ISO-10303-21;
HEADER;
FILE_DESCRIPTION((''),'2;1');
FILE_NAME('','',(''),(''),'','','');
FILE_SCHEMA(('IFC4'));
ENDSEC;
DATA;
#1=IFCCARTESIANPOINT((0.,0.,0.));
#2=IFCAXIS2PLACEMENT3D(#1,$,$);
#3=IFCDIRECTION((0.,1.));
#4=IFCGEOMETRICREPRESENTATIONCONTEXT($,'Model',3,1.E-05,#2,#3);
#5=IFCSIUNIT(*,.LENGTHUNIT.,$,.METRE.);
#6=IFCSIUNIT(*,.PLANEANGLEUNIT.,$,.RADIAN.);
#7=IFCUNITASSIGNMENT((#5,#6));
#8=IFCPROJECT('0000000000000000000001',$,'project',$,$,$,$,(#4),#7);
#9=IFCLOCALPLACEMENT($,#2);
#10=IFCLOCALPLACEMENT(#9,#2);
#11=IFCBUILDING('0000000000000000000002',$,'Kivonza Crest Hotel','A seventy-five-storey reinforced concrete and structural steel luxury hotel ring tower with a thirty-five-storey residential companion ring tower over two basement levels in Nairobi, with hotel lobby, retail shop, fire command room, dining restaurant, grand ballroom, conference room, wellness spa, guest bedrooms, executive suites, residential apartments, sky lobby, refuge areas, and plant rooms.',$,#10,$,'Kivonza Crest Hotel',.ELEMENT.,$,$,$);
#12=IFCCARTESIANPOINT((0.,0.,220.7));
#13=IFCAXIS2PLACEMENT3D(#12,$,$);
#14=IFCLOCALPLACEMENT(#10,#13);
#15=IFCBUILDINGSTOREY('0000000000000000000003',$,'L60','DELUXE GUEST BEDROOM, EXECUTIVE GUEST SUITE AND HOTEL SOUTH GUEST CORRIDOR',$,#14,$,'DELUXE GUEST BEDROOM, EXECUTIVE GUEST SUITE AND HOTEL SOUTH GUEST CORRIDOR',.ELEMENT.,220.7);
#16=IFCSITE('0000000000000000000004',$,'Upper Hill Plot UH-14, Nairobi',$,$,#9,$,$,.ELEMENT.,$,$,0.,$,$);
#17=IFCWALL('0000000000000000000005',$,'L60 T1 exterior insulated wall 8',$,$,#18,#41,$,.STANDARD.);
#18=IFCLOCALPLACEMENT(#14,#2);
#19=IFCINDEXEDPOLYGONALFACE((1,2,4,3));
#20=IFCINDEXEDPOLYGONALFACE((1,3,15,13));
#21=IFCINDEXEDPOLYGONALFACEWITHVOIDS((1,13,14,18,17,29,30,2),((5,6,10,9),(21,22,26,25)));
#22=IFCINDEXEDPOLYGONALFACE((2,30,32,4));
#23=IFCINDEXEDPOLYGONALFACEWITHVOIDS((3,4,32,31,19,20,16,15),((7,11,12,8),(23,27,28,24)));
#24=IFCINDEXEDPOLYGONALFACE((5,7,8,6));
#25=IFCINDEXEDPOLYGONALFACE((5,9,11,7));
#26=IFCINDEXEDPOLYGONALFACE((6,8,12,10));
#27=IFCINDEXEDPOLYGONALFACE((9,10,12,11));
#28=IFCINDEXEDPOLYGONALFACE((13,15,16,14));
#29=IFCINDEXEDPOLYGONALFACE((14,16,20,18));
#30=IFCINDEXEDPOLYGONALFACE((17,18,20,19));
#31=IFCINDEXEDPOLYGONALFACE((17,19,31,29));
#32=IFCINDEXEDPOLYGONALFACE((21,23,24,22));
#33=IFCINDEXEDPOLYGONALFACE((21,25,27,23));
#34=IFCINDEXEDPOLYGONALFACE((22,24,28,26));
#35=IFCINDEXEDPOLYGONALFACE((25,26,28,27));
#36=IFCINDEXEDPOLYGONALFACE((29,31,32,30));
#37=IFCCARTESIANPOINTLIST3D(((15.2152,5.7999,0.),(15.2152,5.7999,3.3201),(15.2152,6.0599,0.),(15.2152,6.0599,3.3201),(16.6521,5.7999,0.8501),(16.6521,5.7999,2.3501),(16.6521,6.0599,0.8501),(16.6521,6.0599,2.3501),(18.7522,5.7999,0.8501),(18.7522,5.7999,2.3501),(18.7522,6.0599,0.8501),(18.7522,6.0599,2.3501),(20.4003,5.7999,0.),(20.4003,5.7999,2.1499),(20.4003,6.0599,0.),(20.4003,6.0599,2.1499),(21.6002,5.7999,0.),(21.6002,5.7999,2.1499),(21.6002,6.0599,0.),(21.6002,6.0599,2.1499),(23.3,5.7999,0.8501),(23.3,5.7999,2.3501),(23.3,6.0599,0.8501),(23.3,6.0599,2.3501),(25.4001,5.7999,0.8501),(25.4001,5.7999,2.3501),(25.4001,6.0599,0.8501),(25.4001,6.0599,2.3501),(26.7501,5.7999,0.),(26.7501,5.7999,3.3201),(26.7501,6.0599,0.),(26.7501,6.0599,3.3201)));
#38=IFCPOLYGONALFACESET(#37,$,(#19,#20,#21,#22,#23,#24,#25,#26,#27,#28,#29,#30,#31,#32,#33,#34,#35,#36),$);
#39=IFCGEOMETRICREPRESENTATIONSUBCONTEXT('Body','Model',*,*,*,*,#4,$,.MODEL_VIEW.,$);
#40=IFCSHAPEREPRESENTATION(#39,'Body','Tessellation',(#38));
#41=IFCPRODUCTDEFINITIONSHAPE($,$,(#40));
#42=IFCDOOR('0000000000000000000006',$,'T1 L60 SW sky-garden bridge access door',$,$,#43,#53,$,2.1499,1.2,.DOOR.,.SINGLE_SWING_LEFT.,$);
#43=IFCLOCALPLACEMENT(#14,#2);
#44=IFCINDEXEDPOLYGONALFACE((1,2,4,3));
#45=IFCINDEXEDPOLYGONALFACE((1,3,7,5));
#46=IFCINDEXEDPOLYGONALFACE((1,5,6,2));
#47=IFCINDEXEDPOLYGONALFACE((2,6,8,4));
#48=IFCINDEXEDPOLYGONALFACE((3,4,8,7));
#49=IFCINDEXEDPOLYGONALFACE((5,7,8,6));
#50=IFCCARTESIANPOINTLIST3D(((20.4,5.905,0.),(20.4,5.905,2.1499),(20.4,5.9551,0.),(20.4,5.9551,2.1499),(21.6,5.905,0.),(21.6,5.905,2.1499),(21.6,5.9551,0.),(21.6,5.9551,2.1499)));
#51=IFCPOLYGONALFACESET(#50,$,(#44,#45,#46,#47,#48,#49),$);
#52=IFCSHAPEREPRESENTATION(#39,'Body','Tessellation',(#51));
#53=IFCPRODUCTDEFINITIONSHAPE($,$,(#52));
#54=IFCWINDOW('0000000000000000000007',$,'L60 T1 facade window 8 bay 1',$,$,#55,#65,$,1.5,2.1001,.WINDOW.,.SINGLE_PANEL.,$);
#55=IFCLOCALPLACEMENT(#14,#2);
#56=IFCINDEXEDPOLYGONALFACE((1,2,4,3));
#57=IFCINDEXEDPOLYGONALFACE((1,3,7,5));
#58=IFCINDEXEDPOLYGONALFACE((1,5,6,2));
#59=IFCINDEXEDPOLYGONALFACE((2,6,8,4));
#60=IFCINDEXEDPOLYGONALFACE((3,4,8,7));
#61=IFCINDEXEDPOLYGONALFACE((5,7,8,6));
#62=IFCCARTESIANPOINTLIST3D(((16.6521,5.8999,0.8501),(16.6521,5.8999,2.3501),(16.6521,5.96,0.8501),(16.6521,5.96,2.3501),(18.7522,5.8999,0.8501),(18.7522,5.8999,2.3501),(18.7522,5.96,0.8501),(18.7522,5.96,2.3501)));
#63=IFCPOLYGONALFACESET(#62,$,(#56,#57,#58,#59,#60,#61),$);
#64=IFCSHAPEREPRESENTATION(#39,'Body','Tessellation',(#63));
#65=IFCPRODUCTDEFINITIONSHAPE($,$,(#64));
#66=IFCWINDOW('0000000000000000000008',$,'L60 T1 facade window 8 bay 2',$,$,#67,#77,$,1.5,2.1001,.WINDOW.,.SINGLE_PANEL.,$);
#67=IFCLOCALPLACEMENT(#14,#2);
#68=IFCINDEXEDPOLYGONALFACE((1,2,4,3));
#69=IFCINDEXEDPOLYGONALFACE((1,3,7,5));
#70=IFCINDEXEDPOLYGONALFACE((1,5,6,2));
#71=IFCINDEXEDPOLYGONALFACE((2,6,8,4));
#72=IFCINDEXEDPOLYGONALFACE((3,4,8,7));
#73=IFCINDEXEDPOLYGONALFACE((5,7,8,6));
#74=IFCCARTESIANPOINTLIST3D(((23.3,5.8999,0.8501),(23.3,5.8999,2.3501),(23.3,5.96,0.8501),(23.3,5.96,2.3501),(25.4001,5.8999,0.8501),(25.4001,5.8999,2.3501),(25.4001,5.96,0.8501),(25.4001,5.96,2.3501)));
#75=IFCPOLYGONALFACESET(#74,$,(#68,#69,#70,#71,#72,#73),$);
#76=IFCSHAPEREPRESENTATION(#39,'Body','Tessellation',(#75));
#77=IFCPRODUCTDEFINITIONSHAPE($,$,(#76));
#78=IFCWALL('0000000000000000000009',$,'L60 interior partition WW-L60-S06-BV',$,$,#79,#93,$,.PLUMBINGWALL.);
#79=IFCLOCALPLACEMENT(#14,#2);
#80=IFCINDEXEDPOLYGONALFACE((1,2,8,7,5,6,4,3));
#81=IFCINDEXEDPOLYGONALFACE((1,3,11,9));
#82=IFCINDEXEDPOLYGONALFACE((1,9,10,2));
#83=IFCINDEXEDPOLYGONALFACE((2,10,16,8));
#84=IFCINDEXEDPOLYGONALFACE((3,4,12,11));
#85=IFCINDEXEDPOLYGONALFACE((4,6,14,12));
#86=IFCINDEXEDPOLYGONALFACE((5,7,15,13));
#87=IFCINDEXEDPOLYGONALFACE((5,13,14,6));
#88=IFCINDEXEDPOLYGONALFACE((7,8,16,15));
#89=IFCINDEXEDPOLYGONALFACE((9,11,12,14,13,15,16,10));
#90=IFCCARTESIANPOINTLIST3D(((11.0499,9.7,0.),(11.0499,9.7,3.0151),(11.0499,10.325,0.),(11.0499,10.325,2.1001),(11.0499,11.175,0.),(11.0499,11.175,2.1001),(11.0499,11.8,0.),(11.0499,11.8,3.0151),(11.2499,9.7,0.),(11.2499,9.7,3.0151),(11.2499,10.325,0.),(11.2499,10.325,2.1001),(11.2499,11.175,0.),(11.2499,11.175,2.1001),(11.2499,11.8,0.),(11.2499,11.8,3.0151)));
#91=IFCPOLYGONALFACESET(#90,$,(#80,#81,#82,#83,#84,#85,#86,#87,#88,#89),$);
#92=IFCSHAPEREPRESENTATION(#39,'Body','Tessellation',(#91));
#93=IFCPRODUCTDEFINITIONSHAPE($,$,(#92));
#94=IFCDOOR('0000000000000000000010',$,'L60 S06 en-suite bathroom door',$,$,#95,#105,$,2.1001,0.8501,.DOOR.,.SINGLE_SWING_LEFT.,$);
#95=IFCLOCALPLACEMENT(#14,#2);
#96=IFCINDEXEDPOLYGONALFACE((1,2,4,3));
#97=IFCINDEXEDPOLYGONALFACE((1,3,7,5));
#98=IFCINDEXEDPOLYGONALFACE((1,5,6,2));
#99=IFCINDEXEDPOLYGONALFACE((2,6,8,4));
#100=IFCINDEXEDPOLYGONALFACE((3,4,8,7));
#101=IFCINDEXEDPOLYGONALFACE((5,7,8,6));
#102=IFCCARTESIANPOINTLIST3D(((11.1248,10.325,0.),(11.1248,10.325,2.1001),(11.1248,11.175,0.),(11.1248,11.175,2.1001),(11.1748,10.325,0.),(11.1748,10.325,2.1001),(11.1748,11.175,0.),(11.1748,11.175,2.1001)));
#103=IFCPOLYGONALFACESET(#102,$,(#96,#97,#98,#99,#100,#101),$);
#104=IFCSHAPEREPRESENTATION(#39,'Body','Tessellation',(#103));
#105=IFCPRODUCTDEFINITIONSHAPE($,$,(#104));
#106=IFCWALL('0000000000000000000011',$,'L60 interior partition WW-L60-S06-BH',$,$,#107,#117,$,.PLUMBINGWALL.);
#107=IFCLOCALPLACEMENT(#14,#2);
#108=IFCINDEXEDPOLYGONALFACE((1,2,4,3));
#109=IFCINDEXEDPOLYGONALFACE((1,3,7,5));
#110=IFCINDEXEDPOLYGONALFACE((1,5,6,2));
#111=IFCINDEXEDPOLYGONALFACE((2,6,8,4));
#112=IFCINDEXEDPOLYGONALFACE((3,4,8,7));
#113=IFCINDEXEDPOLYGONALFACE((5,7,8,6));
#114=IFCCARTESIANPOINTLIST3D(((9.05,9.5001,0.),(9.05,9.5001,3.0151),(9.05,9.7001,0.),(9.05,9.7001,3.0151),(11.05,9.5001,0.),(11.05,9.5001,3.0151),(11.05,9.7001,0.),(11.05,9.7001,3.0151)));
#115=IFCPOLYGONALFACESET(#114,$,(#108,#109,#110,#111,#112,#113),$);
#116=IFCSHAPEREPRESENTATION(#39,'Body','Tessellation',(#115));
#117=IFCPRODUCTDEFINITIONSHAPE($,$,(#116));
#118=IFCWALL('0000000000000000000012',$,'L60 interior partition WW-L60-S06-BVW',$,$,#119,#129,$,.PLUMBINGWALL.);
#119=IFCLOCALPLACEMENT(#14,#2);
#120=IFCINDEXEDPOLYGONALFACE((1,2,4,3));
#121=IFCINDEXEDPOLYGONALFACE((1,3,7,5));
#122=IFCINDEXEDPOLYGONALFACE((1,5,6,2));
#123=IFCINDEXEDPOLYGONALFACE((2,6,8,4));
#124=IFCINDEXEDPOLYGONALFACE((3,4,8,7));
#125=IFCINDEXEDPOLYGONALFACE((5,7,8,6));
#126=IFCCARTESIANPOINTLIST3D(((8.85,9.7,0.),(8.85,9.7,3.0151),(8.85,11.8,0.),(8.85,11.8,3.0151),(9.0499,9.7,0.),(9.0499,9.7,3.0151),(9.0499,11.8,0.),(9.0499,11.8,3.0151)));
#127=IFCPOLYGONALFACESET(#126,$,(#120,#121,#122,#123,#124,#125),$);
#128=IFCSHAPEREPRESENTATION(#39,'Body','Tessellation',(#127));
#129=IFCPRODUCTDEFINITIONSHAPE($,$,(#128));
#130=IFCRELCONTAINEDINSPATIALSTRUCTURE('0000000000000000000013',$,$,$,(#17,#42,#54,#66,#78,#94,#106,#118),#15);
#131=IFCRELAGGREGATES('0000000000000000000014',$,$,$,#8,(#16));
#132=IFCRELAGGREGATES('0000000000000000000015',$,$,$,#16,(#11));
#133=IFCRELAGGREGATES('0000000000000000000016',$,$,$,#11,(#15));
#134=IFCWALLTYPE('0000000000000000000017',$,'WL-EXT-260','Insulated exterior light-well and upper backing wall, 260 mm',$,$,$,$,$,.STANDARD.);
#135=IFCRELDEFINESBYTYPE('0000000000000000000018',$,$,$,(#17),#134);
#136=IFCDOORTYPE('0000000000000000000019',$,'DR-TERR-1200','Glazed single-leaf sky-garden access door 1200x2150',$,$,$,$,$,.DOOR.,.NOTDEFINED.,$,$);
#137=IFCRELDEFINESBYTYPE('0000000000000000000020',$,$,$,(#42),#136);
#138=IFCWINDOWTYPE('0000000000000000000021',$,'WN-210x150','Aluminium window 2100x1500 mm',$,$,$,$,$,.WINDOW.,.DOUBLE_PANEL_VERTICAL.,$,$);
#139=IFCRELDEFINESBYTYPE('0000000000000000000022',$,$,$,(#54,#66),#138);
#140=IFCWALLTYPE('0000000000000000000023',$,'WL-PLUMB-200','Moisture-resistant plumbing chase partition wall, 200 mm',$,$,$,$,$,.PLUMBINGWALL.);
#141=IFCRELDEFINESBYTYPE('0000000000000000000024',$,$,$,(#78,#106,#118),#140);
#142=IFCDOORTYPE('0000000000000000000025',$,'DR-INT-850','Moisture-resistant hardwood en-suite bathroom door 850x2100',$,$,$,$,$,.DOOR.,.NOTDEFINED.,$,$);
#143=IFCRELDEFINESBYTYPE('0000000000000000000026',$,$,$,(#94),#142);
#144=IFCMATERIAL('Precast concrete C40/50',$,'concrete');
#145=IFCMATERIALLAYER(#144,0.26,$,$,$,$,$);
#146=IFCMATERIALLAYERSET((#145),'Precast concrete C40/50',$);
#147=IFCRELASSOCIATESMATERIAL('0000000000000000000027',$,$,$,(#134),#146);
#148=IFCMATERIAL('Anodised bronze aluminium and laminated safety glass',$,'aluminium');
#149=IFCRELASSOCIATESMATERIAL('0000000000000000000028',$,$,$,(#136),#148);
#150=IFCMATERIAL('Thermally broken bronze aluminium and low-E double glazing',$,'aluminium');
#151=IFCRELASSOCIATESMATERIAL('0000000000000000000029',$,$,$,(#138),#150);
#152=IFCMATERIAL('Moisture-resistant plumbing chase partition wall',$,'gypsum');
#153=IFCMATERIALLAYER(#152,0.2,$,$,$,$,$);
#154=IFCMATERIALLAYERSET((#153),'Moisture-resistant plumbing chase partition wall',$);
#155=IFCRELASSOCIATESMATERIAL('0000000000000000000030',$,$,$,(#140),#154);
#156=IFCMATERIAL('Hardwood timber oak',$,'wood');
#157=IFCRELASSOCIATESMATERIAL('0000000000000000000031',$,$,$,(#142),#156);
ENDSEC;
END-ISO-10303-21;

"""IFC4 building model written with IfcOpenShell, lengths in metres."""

from ifc_helpers import new_model, si_unit, direction, frame, frame_2d, origin, place, context, subcontext, project, spatial, rectangle, extrude, material, layer, layer_set, type_object, element, fill, save


model = new_model("IFC4")

# Units and contexts
model_context = context("Model", 3, precision=1e-05, world=origin(), true_north=direction((0.0, 1.0)))
body_context = subcontext(model_context, "Body", "Model", "MODEL_VIEW")
ifc_project = project(units=[si_unit("LENGTHUNIT", "METRE"), si_unit("PLANEANGLEUNIT", "RADIAN")], contexts=[model_context])

# Site, building, storey
site_placement = place(None, origin())
site = spatial("IfcSite", under=ifc_project, at=site_placement, Name="Upper Hill Plot UH-14, Nairobi", CompositionType="ELEMENT", RefElevation=0.0)
building_placement = place(site_placement, origin())
building = spatial("IfcBuilding", under=site, at=building_placement, Name="Kivonza Crest Hotel", Description="A seventy-five-storey reinforced concrete and structural steel luxury hotel ring tower with a thirty-five-storey residential companion ring tower over two basement levels in Nairobi, with hotel lobby, retail shop, fire command room, dining restaurant, grand ballroom, conference room, wellness spa, guest bedrooms, executive suites, residential apartments, sky lobby, refuge areas, and plant rooms.", LongName="Kivonza Crest Hotel", CompositionType="ELEMENT")
storey_placement = place(building_placement, frame((0.0, 0.0, 220.7)))
storey = spatial("IfcBuildingStorey", under=building, at=storey_placement, Name="L60", Description="DELUXE GUEST BEDROOM, EXECUTIVE GUEST SUITE AND HOTEL SOUTH GUEST CORRIDOR", LongName="DELUXE GUEST BEDROOM, EXECUTIVE GUEST SUITE AND HOTEL SOUTH GUEST CORRIDOR", CompositionType="ELEMENT", Elevation=220.7)

# Shared definitions
ifc_material_1 = material(Name="Hardwood timber oak", Category="wood")

# Wall, openings, door, windows
ifc_material_2 = material(Name="Precast concrete C40/50", Category="concrete")
ifc_layer_1 = layer(ifc_material_2, 0.26)
ifc_layer_set_1 = layer_set([ifc_layer_1], Name="Precast concrete C40/50")
wall_type_1 = type_object("IfcWallType", Name="WL-EXT-260", Description="Insulated exterior light-well and upper backing wall, 260 mm", PredefinedType="STANDARD", material=ifc_layer_set_1)
wall_1_placement = place(storey_placement, frame((15.2151, 5.9299, 0.0), z_axis=(0.0, 0.0, 1.0), x_axis=(1.0, 0.0, 0.0)))
wall_1 = element("IfcWall", 1, at=wall_1_placement, inside=storey, type_object=wall_type_1, Name="L60 T1 exterior insulated wall 8", PredefinedType="STANDARD", context=body_context, shape_type="SweptSolid", body=[
    extrude(rectangle(XDim=11.5349, YDim=0.26, at=frame_2d((5.7676, 0.0))), origin(), (0.0, 0.0, 1.0), 3.3201),
])
opening_1_placement = place(wall_1_placement, frame((5.1851, 0.0, 0.0)))
opening_1 = element("IfcOpeningElement", 2, at=opening_1_placement, cuts=wall_1, PredefinedType="OPENING", context=body_context, shape_type="SweptSolid", body=[
    extrude(rectangle(XDim=1.2, YDim=2.1499, at=frame_2d((0.6001, 1.075))), frame((0.0, 0.1401, 0.0), z_axis=(0.0, -1.0, 0.0), x_axis=(1.0, 0.0, 0.0)), (0.0, 0.0, 1.0), 0.28),
])
opening_2_placement = place(wall_1_placement, frame((1.437, 0.0, 0.8501)))
opening_2 = element("IfcOpeningElement", 3, at=opening_2_placement, cuts=wall_1, PredefinedType="OPENING", context=body_context, shape_type="SweptSolid", body=[
    extrude(rectangle(XDim=2.1001, YDim=1.5, at=frame_2d((1.05, 0.75))), frame((0.0, 0.1401, 0.0), z_axis=(0.0, -1.0, 0.0), x_axis=(1.0, 0.0, 0.0)), (0.0, 0.0, 1.0), 0.28),
])
opening_3_placement = place(wall_1_placement, frame((8.085, 0.0, 0.8501)))
opening_3 = element("IfcOpeningElement", 4, at=opening_3_placement, cuts=wall_1, PredefinedType="OPENING", context=body_context, shape_type="SweptSolid", body=[
    extrude(rectangle(XDim=2.1001, YDim=1.5, at=frame_2d((1.05, 0.75))), frame((0.0, 0.1401, 0.0), z_axis=(0.0, -1.0, 0.0), x_axis=(1.0, 0.0, 0.0)), (0.0, 0.0, 1.0), 0.28),
])
ifc_material_3 = material(Name="Anodised bronze aluminium and laminated safety glass", Category="aluminium")
door_type_1 = type_object("IfcDoorType", Name="DR-TERR-1200", Description="Glazed single-leaf sky-garden access door 1200x2150", OperationType="NOTDEFINED", PredefinedType="DOOR", material=ifc_material_3)
door_1_placement = place(opening_1_placement, frame((1.2, 0.0, 0.0), z_axis=(0.0, 0.0, 1.0), x_axis=(-1.0, 0.0, 0.0)))
door_1 = element("IfcDoor", 5, at=door_1_placement, inside=storey, type_object=door_type_1, Name="T1 L60 SW sky-garden bridge access door", OperationType="SINGLE_SWING_LEFT", OverallHeight=2.1499, OverallWidth=1.2, PredefinedType="DOOR", context=body_context, shape_type="SweptSolid", body=[
    extrude(rectangle(XDim=1.2, YDim=2.1499, at=frame_2d((0.6001, 1.075))), frame((0.0, 0.0249, 0.0), z_axis=(0.0, -1.0, 0.0), x_axis=(1.0, 0.0, 0.0)), (0.0, 0.0, 1.0), 0.05),
])
fill(opening_1, door_1)
ifc_material_4 = material(Name="Thermally broken bronze aluminium and low-E double glazing", Category="aluminium")
window_type = type_object("IfcWindowType", Name="WN-210x150", Description="Aluminium window 2100x1500 mm", PartitioningType="DOUBLE_PANEL_VERTICAL", PredefinedType="WINDOW", material=ifc_material_4)
window_1_placement = place(opening_2_placement, origin())
window_1 = element("IfcWindow", 6, at=window_1_placement, inside=storey, type_object=window_type, Name="L60 T1 facade window 8 bay 1", OverallHeight=1.5, OverallWidth=2.1001, PartitioningType="SINGLE_PANEL", PredefinedType="WINDOW", context=body_context, shape_type="SweptSolid", body=[
    extrude(rectangle(XDim=2.1001, YDim=1.5, at=frame_2d((1.05, 0.75))), frame((0.0, 0.03, 0.0), z_axis=(0.0, -1.0, 0.0), x_axis=(1.0, 0.0, 0.0)), (0.0, 0.0, 1.0), 0.0601),
])
fill(opening_2, window_1)
window_2_placement = place(opening_3_placement, origin())
window_2 = element("IfcWindow", 7, at=window_2_placement, inside=storey, type_object=window_type, Name="L60 T1 facade window 8 bay 2", OverallHeight=1.5, OverallWidth=2.1001, PartitioningType="SINGLE_PANEL", PredefinedType="WINDOW", context=body_context, shape_type="SweptSolid", body=[
    extrude(rectangle(XDim=2.1001, YDim=1.5, at=frame_2d((1.05, 0.75))), frame((0.0, 0.03, 0.0), z_axis=(0.0, -1.0, 0.0), x_axis=(1.0, 0.0, 0.0)), (0.0, 0.0, 1.0), 0.0601),
])
fill(opening_3, window_2)

# Wall, opening, door
ifc_material_5 = material(Name="Moisture-resistant plumbing chase partition wall", Category="gypsum")
ifc_layer_2 = layer(ifc_material_5, 0.2)
ifc_layer_set_2 = layer_set([ifc_layer_2], Name="Moisture-resistant plumbing chase partition wall")
wall_type_2 = type_object("IfcWallType", Name="WL-PLUMB-200", Description="Moisture-resistant plumbing chase partition wall, 200 mm", PredefinedType="PLUMBINGWALL", material=ifc_layer_set_2)
wall_2_placement = place(storey_placement, frame((11.1499, 9.7, 0.0), z_axis=(0.0, 0.0, 1.0), x_axis=(0.0, 1.0, 0.0)))
wall_2 = element("IfcWall", 8, at=wall_2_placement, inside=storey, type_object=wall_type_2, Name="L60 interior partition WW-L60-S06-BV", PredefinedType="PLUMBINGWALL", context=body_context, shape_type="SweptSolid", body=[
    extrude(rectangle(XDim=2.1001, YDim=0.2, at=frame_2d((1.05, 0.0))), origin(), (0.0, 0.0, 1.0), 3.0151),
])
opening_4_placement = place(wall_2_placement, frame((0.625, 0.0, 0.0)))
opening_4 = element("IfcOpeningElement", 9, at=opening_4_placement, cuts=wall_2, PredefinedType="OPENING", context=body_context, shape_type="SweptSolid", body=[
    extrude(rectangle(XDim=0.8501, YDim=2.1001, at=frame_2d((0.425, 1.05))), frame((0.0, 0.1099, 0.0), z_axis=(0.0, -1.0, 0.0), x_axis=(1.0, 0.0, 0.0)), (0.0, 0.0, 1.0), 0.22),
])
door_type_2 = type_object("IfcDoorType", Name="DR-INT-850", Description="Moisture-resistant hardwood en-suite bathroom door 850x2100", OperationType="NOTDEFINED", PredefinedType="DOOR", material=ifc_material_1)
door_2_placement = place(opening_4_placement, frame((0.8501, 0.0, 0.0), z_axis=(0.0, 0.0, 1.0), x_axis=(-1.0, 0.0, 0.0)))
door_2 = element("IfcDoor", 10, at=door_2_placement, inside=storey, type_object=door_type_2, Name="L60 S06 en-suite bathroom door", OperationType="SINGLE_SWING_LEFT", OverallHeight=2.1001, OverallWidth=0.8501, PredefinedType="DOOR", context=body_context, shape_type="SweptSolid", body=[
    extrude(rectangle(XDim=0.8501, YDim=2.1001, at=frame_2d((0.425, 1.05))), frame((0.0, 0.0249, 0.0), z_axis=(0.0, -1.0, 0.0), x_axis=(1.0, 0.0, 0.0)), (0.0, 0.0, 1.0), 0.05),
])
fill(opening_4, door_2)

# Walls
wall_3_placement = place(storey_placement, frame((9.05, 9.6001, 0.0), z_axis=(0.0, 0.0, 1.0), x_axis=(1.0, 0.0, 0.0)))
element("IfcWall", 11, at=wall_3_placement, inside=storey, type_object=wall_type_2, Name="L60 interior partition WW-L60-S06-BH", PredefinedType="PLUMBINGWALL", context=body_context, shape_type="SweptSolid", body=[
    extrude(rectangle(XDim=2.0, YDim=0.2, at=frame_2d((1.0, 0.0))), origin(), (0.0, 0.0, 1.0), 3.0151),
])
wall_4_placement = place(storey_placement, frame((8.95, 9.7, 0.0), z_axis=(0.0, 0.0, 1.0), x_axis=(0.0, 1.0, 0.0)))
element("IfcWall", 12, at=wall_4_placement, inside=storey, type_object=wall_type_2, Name="L60 interior partition WW-L60-S06-BVW", PredefinedType="PLUMBINGWALL", context=body_context, shape_type="SweptSolid", body=[
    extrude(rectangle(XDim=2.1001, YDim=0.2, at=frame_2d((1.05, 0.0))), origin(), (0.0, 0.0, 1.0), 3.0151),
])

save(model, "model.ifc")
